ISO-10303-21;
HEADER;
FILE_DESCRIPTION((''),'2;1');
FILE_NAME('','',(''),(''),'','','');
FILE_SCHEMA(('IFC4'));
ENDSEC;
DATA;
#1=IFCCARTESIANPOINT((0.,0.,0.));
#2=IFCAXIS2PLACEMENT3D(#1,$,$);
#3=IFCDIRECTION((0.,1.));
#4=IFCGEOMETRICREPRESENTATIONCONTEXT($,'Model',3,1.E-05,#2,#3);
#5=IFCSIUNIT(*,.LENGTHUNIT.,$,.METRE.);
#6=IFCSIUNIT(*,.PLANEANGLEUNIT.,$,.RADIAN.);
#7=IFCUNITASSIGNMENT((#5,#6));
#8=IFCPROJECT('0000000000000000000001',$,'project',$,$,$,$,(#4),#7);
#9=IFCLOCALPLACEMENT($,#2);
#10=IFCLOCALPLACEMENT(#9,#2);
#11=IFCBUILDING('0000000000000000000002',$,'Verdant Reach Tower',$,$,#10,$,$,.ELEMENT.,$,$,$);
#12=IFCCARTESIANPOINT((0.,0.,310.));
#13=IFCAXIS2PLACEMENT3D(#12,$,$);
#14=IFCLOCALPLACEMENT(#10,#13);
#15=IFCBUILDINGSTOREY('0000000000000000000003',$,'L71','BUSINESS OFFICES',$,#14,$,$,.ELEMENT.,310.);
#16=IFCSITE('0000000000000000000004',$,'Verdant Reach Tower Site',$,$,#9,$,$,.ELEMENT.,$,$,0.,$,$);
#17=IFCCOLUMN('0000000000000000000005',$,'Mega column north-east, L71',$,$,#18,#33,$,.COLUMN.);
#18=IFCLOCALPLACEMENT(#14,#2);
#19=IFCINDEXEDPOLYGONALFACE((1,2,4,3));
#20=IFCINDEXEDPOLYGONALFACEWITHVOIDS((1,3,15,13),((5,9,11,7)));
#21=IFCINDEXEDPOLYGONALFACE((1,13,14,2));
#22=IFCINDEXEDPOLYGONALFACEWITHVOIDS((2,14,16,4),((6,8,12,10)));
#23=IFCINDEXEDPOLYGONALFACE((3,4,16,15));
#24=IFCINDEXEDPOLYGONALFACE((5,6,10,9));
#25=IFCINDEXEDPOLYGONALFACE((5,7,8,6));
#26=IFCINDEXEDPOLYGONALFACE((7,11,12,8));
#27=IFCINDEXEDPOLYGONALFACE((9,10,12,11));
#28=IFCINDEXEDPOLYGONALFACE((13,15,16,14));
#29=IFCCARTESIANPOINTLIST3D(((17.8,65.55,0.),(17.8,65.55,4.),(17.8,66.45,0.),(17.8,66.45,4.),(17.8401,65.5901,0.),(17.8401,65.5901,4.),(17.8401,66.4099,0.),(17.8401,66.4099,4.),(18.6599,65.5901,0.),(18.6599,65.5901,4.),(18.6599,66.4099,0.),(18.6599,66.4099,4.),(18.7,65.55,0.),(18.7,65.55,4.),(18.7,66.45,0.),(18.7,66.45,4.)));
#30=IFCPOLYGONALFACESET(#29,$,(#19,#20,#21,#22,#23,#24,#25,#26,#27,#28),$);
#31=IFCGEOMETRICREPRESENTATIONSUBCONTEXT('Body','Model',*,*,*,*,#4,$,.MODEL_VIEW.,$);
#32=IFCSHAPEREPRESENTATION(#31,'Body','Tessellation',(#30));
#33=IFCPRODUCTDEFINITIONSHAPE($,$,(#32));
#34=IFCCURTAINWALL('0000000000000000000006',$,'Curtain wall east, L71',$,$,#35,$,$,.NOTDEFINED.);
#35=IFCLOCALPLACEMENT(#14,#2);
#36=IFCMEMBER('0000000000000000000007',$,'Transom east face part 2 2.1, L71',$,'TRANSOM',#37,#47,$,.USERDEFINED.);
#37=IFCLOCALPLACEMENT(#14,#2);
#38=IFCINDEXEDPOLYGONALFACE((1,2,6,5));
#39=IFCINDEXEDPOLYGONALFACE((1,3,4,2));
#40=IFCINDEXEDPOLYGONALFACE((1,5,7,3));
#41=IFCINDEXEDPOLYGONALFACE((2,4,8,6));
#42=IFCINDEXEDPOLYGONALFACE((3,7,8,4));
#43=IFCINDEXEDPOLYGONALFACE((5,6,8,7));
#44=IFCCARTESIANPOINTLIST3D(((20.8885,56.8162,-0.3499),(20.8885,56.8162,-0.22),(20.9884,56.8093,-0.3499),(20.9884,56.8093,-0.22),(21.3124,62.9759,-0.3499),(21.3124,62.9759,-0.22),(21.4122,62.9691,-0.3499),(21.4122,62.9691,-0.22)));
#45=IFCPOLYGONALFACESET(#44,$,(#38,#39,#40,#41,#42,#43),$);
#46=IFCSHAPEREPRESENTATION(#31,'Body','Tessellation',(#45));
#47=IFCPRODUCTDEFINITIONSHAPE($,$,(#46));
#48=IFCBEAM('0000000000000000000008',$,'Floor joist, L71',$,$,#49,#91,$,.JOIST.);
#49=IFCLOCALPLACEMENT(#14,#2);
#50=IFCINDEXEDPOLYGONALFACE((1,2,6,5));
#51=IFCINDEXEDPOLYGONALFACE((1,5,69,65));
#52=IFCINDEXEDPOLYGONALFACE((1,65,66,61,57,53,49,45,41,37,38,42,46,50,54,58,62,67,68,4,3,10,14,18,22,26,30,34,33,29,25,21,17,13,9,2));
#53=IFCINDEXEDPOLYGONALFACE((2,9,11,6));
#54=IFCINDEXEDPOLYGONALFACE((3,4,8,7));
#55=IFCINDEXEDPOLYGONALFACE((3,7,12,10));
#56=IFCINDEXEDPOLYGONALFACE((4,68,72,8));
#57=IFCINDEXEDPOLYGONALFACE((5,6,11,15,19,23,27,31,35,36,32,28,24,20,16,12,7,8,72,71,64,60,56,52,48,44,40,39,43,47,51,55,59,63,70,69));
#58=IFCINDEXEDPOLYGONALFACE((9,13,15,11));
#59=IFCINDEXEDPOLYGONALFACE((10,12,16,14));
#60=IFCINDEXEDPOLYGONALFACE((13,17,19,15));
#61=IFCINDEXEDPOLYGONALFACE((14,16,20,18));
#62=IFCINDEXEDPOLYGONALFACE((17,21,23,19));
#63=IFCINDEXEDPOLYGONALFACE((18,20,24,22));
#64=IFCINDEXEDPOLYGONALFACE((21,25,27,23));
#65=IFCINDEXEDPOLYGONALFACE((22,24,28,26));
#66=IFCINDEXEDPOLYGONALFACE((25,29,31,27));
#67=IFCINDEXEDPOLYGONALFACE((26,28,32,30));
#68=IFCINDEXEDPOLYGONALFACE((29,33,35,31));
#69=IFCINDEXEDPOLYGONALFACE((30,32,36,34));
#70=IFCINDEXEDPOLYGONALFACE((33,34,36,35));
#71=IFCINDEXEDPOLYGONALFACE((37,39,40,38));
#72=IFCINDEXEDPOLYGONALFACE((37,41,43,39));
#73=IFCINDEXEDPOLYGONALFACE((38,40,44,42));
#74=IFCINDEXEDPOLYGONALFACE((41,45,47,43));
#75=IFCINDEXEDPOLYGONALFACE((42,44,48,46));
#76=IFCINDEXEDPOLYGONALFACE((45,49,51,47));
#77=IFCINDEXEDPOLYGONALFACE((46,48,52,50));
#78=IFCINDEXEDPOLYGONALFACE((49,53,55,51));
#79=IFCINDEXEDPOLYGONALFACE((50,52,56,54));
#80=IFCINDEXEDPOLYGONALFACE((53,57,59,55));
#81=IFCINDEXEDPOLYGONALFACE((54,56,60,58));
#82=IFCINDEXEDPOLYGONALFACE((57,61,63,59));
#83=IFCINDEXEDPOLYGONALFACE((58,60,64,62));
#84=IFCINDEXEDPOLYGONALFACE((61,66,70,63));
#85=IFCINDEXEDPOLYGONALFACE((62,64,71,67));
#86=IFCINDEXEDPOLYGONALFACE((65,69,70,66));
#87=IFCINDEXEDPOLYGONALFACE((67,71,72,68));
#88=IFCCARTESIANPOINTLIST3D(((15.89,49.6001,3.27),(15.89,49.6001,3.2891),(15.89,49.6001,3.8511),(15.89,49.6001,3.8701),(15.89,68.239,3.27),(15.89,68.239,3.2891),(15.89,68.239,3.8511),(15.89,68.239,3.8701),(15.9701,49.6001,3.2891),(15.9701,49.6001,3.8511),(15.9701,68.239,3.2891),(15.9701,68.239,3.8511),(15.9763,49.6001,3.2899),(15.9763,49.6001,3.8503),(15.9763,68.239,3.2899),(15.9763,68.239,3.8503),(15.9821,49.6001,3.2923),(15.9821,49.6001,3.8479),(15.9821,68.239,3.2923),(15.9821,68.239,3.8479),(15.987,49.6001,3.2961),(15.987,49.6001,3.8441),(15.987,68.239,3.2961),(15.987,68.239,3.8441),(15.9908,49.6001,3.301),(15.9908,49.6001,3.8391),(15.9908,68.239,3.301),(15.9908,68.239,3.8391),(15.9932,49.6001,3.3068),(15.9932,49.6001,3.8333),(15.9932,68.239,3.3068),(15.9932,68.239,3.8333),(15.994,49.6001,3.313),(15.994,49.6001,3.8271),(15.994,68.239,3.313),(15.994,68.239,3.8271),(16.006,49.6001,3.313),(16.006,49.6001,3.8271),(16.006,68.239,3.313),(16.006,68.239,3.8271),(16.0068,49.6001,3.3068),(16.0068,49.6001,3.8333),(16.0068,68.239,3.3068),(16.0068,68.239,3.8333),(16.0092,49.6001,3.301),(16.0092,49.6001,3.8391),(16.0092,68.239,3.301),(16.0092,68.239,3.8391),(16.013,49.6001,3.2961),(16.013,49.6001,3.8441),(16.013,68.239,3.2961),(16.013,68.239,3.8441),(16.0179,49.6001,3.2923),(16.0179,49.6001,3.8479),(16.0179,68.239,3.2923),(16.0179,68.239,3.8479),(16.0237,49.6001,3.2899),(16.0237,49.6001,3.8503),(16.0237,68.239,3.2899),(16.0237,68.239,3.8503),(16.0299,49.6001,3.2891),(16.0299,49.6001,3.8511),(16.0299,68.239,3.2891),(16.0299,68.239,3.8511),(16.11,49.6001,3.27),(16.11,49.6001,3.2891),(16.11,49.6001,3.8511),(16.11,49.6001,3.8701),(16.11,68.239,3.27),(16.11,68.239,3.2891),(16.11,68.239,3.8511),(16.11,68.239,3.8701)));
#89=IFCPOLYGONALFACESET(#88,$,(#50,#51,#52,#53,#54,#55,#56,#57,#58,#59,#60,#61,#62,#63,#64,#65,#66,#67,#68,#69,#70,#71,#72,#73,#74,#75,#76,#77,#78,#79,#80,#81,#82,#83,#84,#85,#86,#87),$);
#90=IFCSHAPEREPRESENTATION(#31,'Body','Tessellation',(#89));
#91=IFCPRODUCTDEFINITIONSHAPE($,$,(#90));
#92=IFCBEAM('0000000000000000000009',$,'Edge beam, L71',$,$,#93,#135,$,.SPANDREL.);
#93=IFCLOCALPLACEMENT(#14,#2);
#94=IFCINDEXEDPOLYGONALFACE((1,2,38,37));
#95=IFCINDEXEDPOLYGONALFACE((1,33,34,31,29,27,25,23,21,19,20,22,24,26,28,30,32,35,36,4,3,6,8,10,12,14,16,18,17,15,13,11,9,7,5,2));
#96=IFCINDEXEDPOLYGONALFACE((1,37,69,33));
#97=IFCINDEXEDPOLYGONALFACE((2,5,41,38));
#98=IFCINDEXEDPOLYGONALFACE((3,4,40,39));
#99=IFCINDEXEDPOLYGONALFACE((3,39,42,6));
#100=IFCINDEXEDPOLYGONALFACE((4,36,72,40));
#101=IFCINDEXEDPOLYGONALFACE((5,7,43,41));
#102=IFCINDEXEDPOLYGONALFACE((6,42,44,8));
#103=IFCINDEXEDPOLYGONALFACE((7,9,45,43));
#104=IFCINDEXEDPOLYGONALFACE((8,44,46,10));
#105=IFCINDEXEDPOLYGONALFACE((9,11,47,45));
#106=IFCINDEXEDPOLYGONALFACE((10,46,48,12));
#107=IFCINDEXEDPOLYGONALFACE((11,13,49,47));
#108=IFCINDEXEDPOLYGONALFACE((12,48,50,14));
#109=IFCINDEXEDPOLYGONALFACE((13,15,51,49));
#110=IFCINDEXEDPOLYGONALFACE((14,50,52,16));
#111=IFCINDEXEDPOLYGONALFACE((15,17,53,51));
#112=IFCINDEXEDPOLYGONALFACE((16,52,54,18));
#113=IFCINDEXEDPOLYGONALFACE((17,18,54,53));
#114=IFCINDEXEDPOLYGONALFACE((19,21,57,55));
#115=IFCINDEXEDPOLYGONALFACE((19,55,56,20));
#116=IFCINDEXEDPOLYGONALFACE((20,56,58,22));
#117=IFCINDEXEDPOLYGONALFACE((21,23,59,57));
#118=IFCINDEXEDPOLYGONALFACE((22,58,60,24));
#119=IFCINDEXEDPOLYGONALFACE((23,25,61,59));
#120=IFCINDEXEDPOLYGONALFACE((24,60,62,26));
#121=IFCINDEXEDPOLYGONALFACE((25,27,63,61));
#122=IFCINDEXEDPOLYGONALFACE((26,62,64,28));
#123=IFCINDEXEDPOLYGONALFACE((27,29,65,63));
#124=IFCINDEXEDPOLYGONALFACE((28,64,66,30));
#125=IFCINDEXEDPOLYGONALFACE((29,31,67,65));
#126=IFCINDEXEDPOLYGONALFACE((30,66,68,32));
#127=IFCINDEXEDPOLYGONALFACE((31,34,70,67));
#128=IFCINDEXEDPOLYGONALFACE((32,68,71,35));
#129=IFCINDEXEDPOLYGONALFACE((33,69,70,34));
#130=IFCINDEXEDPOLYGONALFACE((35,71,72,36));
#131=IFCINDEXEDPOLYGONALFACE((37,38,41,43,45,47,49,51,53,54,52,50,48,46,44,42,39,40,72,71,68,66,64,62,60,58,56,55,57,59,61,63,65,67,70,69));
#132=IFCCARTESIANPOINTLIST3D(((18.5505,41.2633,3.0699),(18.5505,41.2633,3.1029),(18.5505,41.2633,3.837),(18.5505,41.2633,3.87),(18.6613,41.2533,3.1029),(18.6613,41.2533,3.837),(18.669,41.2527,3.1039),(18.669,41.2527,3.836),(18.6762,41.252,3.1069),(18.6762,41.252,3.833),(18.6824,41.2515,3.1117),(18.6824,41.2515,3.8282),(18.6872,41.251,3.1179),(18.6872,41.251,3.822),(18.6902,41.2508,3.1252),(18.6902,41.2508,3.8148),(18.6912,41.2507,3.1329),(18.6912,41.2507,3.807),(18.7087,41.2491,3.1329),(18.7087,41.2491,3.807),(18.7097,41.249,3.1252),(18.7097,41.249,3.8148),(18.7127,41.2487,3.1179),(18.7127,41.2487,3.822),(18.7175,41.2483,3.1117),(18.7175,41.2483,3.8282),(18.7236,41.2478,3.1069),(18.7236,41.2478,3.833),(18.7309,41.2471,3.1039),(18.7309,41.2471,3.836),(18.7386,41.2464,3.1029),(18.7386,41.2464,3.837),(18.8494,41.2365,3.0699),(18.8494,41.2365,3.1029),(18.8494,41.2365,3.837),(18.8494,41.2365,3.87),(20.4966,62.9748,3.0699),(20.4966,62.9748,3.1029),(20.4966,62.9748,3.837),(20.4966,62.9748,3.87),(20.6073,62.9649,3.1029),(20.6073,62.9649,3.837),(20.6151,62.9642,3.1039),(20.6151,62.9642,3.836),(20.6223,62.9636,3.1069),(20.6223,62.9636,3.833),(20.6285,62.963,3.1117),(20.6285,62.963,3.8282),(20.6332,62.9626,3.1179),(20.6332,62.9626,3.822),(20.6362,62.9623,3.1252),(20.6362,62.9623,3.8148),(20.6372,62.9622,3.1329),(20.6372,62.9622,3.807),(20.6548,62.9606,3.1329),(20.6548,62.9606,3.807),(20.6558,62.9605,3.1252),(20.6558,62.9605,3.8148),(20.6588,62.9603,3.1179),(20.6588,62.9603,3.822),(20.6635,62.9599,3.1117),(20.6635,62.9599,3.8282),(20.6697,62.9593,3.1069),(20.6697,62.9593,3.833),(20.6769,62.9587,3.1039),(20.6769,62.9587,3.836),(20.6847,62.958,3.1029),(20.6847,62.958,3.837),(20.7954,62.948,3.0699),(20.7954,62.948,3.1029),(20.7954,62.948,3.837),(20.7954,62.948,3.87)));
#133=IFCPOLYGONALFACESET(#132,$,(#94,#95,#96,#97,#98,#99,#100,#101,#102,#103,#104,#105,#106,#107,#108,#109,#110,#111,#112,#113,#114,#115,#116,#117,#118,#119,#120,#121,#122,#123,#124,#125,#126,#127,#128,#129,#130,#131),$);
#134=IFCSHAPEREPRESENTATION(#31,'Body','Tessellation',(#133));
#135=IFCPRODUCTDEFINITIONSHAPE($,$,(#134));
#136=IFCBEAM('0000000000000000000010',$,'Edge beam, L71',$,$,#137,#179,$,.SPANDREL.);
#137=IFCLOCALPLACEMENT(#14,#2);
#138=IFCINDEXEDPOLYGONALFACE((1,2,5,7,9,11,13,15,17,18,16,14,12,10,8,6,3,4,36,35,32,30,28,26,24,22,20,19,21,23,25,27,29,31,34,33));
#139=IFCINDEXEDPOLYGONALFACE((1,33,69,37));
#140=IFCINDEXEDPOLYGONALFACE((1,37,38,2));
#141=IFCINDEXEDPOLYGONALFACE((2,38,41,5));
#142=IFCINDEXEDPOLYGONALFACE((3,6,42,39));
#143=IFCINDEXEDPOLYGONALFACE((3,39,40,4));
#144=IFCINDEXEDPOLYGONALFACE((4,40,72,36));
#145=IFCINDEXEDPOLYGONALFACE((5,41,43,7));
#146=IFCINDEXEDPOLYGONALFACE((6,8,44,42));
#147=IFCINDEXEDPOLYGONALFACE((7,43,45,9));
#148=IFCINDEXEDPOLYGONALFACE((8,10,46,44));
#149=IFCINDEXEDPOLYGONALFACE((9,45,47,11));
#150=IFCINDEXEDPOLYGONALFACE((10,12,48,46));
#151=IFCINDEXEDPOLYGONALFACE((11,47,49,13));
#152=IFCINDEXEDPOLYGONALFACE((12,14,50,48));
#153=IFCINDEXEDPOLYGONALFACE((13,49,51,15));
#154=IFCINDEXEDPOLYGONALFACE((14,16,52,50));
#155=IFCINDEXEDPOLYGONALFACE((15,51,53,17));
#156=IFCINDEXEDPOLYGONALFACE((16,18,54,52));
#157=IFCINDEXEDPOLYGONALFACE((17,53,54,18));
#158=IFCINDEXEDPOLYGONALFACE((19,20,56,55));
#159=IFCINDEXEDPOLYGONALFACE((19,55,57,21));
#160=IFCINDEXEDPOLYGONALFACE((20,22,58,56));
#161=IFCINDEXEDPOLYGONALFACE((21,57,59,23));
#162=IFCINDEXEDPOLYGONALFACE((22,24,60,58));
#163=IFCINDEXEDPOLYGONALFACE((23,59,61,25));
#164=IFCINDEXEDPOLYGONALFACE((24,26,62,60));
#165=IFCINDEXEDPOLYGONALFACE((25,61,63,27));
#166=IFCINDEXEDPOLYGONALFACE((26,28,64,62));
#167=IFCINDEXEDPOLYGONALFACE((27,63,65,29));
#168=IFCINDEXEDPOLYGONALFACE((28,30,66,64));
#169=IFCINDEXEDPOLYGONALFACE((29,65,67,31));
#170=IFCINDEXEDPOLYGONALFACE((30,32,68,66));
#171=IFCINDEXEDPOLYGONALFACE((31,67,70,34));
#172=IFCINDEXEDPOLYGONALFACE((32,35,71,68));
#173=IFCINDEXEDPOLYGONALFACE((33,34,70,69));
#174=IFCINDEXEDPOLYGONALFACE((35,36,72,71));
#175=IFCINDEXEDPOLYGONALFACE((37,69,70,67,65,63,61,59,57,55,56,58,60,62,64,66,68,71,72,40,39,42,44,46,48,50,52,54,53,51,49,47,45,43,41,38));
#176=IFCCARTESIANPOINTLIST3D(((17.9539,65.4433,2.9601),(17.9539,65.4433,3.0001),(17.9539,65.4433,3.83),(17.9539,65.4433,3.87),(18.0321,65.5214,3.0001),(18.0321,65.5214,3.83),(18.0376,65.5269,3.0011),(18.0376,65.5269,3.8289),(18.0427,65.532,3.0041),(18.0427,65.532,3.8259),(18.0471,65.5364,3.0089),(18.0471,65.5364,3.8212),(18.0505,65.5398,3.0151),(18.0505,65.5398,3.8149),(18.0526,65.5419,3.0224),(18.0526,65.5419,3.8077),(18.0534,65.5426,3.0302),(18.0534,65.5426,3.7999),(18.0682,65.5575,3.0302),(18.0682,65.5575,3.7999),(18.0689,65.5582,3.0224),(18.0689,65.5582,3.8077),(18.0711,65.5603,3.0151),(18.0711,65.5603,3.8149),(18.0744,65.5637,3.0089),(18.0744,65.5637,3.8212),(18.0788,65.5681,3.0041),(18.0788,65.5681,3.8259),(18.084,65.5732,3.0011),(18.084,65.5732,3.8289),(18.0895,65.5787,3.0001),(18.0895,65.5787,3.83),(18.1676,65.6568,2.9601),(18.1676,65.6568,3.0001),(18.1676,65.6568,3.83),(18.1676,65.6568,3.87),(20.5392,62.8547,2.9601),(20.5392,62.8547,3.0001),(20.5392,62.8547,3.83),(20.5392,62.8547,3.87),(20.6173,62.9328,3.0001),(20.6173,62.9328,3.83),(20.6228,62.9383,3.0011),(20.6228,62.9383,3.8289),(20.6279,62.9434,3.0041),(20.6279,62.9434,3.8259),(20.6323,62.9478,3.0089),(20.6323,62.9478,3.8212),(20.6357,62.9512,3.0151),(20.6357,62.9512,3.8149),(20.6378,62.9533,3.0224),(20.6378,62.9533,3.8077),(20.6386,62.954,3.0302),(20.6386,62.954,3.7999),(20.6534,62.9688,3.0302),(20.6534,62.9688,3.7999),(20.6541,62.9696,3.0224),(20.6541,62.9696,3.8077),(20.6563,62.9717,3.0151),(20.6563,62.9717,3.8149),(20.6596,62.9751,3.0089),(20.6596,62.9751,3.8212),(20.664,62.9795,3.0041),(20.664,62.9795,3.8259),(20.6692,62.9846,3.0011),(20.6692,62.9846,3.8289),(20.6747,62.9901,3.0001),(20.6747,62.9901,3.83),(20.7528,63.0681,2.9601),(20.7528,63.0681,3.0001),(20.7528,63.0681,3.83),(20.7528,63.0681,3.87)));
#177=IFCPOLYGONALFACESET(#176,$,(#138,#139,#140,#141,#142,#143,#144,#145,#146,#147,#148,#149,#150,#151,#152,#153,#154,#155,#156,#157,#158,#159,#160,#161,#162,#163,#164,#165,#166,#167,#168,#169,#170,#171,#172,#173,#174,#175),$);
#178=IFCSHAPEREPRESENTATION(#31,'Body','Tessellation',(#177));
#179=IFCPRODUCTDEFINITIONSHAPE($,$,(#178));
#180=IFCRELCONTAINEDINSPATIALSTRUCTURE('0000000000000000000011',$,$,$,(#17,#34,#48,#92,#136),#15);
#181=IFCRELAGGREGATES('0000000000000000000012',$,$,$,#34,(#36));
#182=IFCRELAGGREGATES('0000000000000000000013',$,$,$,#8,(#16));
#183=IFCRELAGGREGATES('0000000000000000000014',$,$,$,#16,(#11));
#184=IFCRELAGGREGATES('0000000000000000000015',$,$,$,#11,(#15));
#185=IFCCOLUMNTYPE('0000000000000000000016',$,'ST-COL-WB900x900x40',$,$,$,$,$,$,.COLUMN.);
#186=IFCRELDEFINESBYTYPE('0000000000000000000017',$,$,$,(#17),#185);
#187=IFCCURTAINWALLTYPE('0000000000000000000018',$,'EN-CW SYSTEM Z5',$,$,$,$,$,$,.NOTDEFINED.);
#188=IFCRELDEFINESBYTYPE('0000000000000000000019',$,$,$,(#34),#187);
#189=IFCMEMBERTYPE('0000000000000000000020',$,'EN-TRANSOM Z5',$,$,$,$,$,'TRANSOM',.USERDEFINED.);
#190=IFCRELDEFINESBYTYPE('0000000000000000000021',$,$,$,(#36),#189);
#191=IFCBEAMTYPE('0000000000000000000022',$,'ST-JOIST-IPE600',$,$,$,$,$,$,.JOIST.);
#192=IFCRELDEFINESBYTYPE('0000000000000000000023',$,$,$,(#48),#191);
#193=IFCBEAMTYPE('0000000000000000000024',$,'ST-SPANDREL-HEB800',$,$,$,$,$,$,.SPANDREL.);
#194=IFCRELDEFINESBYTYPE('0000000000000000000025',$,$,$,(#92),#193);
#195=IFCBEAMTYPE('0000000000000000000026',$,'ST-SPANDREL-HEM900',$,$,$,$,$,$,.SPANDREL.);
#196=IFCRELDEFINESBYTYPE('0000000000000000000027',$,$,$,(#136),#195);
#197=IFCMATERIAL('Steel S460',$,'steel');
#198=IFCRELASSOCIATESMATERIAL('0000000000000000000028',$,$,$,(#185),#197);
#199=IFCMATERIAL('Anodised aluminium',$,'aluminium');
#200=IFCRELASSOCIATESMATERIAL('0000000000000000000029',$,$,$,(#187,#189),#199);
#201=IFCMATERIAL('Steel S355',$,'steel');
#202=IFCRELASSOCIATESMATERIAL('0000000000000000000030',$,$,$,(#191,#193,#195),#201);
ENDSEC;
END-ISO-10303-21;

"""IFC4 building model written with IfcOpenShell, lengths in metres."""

from ifc_helpers import new_model, si_unit, direction, frame, origin, origin_2d, place, context, subcontext, project, spatial, rectangle, hollow_rectangle, i_section, extrude, material, material_profile, profile_set, type_object, element, aggregate, save


model = new_model("IFC4")

# Units and contexts
model_context = context("Model", 3, precision=1e-05, world=origin(), true_north=direction((0.0, 1.0)))
body_context = subcontext(model_context, "Body", "Model", "MODEL_VIEW")
ifc_project = project(units=[si_unit("LENGTHUNIT", "METRE"), si_unit("PLANEANGLEUNIT", "RADIAN")], contexts=[model_context])

# Site, building, storey
site_placement = place(None, origin())
site = spatial("IfcSite", under=ifc_project, at=site_placement, Name="Verdant Reach Tower Site", CompositionType="ELEMENT", RefElevation=0.0)
building_placement = place(site_placement, origin())
building = spatial("IfcBuilding", under=site, at=building_placement, Name="Verdant Reach Tower", CompositionType="ELEMENT")
storey_placement = place(building_placement, frame((0.0, 0.0, 310.0)))
storey = spatial("IfcBuildingStorey", under=building, at=storey_placement, Name="L71", Description="BUSINESS OFFICES", CompositionType="ELEMENT", Elevation=310.0)

# Column
ifc_material_1 = material(Name="Steel S460", Category="steel")
ifc_material_profile_1 = material_profile(ifc_material_1, hollow_rectangle(XDim=0.8999, YDim=0.8999, WallThickness=0.04, at=origin_2d()), Name="WB 900x900x40")
ifc_profile_set_1 = profile_set([ifc_material_profile_1], Name="Steel S460")
column_type = type_object("IfcColumnType", Name="ST-COL-WB900x900x40", PredefinedType="COLUMN", material=ifc_profile_set_1)
column_placement = place(storey_placement, frame((18.25, 66.0, 0.0), z_axis=(0.0, 0.0, 1.0), x_axis=(1.0, 0.0, 0.0)))
element("IfcColumn", 1, at=column_placement, inside=storey, type_object=column_type, Name="Mega column north-east, L71", PredefinedType="COLUMN", context=body_context, shape_type="SweptSolid", body=[
    extrude(hollow_rectangle(XDim=0.8999, YDim=0.8999, WallThickness=0.04, at=origin_2d()), origin(), (0.0, 0.0, 1.0), 4.0),
])

# Curtain wall, member
ifc_material_2 = material(Name="Anodised aluminium", Category="aluminium")
curtain_wall_type = type_object("IfcCurtainWallType", Name="EN-CW SYSTEM Z5", PredefinedType="NOTDEFINED", material=ifc_material_2)
curtain_wall_1_placement = place(storey_placement, origin())
curtain_wall_1 = element("IfcCurtainWall", 2, at=curtain_wall_1_placement, inside=storey, type_object=curtain_wall_type, Name="Curtain wall east, L71", PredefinedType="NOTDEFINED")
ifc_material_profile_2 = material_profile(ifc_material_2, rectangle(XDim=0.1001, YDim=0.1299, at=origin_2d()), Name="Transom 130x100")
ifc_profile_set_2 = profile_set([ifc_material_profile_2], Name="Anodised aluminium")
member_type = type_object("IfcMemberType", Name="EN-TRANSOM Z5", ElementType="TRANSOM", PredefinedType="USERDEFINED", material=ifc_profile_set_2)
member_placement = place(storey_placement, frame((20.9385, 56.8127, -0.2849), z_axis=(0.068645, 0.997641, 0.0), x_axis=(-0.997641, 0.068645, 0.0)))
member = element("IfcMember", 3, at=member_placement, type_object=member_type, Name="Transom east face part 2 2.1, L71", ObjectType="TRANSOM", PredefinedType="USERDEFINED", context=body_context, shape_type="SweptSolid", body=[
    extrude(rectangle(XDim=0.1001, YDim=0.1299, at=origin_2d()), origin(), (0.0, 0.0, 1.0), 6.1743),
])

# Beams
ifc_material_3 = material(Name="Steel S355", Category="steel")
ifc_material_profile_3 = material_profile(ifc_material_3, i_section(OverallWidth=0.22, OverallDepth=0.6001, WebThickness=0.012, FlangeThickness=0.019, FilletRadius=0.0239, at=origin_2d()), Name="IPE 600")
ifc_profile_set_3 = profile_set([ifc_material_profile_3], Name="Steel S355")
beam_type_1 = type_object("IfcBeamType", Name="ST-JOIST-IPE600", PredefinedType="JOIST", material=ifc_profile_set_3)
beam_1_placement = place(storey_placement, frame((16.0, 49.6001, 3.5701), z_axis=(0.0, 1.0, 0.0), x_axis=(-1.0, 0.0, 0.0)))
element("IfcBeam", 4, at=beam_1_placement, inside=storey, type_object=beam_type_1, Name="Floor joist, L71", PredefinedType="JOIST", context=body_context, shape_type="SweptSolid", body=[
    extrude(i_section(OverallWidth=0.22, OverallDepth=0.6001, WebThickness=0.012, FlangeThickness=0.019, FilletRadius=0.0239, at=origin_2d()), origin(), (0.0, 0.0, 1.0), 18.6389),
])
ifc_material_profile_4 = material_profile(ifc_material_3, i_section(OverallWidth=0.3, OverallDepth=0.8, WebThickness=0.0176, FlangeThickness=0.033, FilletRadius=0.03, at=origin_2d()), Name="HEB 800")
ifc_profile_set_4 = profile_set([ifc_material_profile_4], Name="Steel S355")
beam_type_2 = type_object("IfcBeamType", Name="ST-SPANDREL-HEB800", PredefinedType="SPANDREL", material=ifc_profile_set_4)
beam_2_placement = place(storey_placement, frame((20.646, 62.9614, 3.47), z_axis=(-0.089274, -0.996007, 0.0), x_axis=(0.996007, -0.089274, 0.0)))
element("IfcBeam", 5, at=beam_2_placement, inside=storey, type_object=beam_type_2, Name="Edge beam, L71", PredefinedType="SPANDREL", context=body_context, shape_type="SweptSolid", body=[
    extrude(i_section(OverallWidth=0.3, OverallDepth=0.8, WebThickness=0.0176, FlangeThickness=0.033, FilletRadius=0.03, at=origin_2d()), origin(), (0.0, 0.0, 1.0), 21.7986),
])
ifc_material_profile_5 = material_profile(ifc_material_3, i_section(OverallWidth=0.302, OverallDepth=0.9099, WebThickness=0.021, FlangeThickness=0.04, FilletRadius=0.03, at=origin_2d()), Name="HEM 900")
ifc_profile_set_5 = profile_set([ifc_material_profile_5], Name="Steel S355")
beam_type_3 = type_object("IfcBeamType", Name="ST-SPANDREL-HEM900", PredefinedType="SPANDREL", material=ifc_profile_set_5)
beam_3_placement = place(storey_placement, frame((18.0608, 65.55, 3.415), z_axis=(0.706639, -0.707574, 0.0), x_axis=(0.707574, 0.706639, 0.0)))
element("IfcBeam", 6, at=beam_3_placement, inside=storey, type_object=beam_type_3, Name="Edge beam, L71", PredefinedType="SPANDREL", context=body_context, shape_type="SweptSolid", body=[
    extrude(i_section(OverallWidth=0.302, OverallDepth=0.9099, WebThickness=0.021, FlangeThickness=0.04, FilletRadius=0.03, at=origin_2d()), origin(), (0.0, 0.0, 1.0), 3.6584),
])

aggregate(curtain_wall_1, [member])

save(model, "model.ifc")
